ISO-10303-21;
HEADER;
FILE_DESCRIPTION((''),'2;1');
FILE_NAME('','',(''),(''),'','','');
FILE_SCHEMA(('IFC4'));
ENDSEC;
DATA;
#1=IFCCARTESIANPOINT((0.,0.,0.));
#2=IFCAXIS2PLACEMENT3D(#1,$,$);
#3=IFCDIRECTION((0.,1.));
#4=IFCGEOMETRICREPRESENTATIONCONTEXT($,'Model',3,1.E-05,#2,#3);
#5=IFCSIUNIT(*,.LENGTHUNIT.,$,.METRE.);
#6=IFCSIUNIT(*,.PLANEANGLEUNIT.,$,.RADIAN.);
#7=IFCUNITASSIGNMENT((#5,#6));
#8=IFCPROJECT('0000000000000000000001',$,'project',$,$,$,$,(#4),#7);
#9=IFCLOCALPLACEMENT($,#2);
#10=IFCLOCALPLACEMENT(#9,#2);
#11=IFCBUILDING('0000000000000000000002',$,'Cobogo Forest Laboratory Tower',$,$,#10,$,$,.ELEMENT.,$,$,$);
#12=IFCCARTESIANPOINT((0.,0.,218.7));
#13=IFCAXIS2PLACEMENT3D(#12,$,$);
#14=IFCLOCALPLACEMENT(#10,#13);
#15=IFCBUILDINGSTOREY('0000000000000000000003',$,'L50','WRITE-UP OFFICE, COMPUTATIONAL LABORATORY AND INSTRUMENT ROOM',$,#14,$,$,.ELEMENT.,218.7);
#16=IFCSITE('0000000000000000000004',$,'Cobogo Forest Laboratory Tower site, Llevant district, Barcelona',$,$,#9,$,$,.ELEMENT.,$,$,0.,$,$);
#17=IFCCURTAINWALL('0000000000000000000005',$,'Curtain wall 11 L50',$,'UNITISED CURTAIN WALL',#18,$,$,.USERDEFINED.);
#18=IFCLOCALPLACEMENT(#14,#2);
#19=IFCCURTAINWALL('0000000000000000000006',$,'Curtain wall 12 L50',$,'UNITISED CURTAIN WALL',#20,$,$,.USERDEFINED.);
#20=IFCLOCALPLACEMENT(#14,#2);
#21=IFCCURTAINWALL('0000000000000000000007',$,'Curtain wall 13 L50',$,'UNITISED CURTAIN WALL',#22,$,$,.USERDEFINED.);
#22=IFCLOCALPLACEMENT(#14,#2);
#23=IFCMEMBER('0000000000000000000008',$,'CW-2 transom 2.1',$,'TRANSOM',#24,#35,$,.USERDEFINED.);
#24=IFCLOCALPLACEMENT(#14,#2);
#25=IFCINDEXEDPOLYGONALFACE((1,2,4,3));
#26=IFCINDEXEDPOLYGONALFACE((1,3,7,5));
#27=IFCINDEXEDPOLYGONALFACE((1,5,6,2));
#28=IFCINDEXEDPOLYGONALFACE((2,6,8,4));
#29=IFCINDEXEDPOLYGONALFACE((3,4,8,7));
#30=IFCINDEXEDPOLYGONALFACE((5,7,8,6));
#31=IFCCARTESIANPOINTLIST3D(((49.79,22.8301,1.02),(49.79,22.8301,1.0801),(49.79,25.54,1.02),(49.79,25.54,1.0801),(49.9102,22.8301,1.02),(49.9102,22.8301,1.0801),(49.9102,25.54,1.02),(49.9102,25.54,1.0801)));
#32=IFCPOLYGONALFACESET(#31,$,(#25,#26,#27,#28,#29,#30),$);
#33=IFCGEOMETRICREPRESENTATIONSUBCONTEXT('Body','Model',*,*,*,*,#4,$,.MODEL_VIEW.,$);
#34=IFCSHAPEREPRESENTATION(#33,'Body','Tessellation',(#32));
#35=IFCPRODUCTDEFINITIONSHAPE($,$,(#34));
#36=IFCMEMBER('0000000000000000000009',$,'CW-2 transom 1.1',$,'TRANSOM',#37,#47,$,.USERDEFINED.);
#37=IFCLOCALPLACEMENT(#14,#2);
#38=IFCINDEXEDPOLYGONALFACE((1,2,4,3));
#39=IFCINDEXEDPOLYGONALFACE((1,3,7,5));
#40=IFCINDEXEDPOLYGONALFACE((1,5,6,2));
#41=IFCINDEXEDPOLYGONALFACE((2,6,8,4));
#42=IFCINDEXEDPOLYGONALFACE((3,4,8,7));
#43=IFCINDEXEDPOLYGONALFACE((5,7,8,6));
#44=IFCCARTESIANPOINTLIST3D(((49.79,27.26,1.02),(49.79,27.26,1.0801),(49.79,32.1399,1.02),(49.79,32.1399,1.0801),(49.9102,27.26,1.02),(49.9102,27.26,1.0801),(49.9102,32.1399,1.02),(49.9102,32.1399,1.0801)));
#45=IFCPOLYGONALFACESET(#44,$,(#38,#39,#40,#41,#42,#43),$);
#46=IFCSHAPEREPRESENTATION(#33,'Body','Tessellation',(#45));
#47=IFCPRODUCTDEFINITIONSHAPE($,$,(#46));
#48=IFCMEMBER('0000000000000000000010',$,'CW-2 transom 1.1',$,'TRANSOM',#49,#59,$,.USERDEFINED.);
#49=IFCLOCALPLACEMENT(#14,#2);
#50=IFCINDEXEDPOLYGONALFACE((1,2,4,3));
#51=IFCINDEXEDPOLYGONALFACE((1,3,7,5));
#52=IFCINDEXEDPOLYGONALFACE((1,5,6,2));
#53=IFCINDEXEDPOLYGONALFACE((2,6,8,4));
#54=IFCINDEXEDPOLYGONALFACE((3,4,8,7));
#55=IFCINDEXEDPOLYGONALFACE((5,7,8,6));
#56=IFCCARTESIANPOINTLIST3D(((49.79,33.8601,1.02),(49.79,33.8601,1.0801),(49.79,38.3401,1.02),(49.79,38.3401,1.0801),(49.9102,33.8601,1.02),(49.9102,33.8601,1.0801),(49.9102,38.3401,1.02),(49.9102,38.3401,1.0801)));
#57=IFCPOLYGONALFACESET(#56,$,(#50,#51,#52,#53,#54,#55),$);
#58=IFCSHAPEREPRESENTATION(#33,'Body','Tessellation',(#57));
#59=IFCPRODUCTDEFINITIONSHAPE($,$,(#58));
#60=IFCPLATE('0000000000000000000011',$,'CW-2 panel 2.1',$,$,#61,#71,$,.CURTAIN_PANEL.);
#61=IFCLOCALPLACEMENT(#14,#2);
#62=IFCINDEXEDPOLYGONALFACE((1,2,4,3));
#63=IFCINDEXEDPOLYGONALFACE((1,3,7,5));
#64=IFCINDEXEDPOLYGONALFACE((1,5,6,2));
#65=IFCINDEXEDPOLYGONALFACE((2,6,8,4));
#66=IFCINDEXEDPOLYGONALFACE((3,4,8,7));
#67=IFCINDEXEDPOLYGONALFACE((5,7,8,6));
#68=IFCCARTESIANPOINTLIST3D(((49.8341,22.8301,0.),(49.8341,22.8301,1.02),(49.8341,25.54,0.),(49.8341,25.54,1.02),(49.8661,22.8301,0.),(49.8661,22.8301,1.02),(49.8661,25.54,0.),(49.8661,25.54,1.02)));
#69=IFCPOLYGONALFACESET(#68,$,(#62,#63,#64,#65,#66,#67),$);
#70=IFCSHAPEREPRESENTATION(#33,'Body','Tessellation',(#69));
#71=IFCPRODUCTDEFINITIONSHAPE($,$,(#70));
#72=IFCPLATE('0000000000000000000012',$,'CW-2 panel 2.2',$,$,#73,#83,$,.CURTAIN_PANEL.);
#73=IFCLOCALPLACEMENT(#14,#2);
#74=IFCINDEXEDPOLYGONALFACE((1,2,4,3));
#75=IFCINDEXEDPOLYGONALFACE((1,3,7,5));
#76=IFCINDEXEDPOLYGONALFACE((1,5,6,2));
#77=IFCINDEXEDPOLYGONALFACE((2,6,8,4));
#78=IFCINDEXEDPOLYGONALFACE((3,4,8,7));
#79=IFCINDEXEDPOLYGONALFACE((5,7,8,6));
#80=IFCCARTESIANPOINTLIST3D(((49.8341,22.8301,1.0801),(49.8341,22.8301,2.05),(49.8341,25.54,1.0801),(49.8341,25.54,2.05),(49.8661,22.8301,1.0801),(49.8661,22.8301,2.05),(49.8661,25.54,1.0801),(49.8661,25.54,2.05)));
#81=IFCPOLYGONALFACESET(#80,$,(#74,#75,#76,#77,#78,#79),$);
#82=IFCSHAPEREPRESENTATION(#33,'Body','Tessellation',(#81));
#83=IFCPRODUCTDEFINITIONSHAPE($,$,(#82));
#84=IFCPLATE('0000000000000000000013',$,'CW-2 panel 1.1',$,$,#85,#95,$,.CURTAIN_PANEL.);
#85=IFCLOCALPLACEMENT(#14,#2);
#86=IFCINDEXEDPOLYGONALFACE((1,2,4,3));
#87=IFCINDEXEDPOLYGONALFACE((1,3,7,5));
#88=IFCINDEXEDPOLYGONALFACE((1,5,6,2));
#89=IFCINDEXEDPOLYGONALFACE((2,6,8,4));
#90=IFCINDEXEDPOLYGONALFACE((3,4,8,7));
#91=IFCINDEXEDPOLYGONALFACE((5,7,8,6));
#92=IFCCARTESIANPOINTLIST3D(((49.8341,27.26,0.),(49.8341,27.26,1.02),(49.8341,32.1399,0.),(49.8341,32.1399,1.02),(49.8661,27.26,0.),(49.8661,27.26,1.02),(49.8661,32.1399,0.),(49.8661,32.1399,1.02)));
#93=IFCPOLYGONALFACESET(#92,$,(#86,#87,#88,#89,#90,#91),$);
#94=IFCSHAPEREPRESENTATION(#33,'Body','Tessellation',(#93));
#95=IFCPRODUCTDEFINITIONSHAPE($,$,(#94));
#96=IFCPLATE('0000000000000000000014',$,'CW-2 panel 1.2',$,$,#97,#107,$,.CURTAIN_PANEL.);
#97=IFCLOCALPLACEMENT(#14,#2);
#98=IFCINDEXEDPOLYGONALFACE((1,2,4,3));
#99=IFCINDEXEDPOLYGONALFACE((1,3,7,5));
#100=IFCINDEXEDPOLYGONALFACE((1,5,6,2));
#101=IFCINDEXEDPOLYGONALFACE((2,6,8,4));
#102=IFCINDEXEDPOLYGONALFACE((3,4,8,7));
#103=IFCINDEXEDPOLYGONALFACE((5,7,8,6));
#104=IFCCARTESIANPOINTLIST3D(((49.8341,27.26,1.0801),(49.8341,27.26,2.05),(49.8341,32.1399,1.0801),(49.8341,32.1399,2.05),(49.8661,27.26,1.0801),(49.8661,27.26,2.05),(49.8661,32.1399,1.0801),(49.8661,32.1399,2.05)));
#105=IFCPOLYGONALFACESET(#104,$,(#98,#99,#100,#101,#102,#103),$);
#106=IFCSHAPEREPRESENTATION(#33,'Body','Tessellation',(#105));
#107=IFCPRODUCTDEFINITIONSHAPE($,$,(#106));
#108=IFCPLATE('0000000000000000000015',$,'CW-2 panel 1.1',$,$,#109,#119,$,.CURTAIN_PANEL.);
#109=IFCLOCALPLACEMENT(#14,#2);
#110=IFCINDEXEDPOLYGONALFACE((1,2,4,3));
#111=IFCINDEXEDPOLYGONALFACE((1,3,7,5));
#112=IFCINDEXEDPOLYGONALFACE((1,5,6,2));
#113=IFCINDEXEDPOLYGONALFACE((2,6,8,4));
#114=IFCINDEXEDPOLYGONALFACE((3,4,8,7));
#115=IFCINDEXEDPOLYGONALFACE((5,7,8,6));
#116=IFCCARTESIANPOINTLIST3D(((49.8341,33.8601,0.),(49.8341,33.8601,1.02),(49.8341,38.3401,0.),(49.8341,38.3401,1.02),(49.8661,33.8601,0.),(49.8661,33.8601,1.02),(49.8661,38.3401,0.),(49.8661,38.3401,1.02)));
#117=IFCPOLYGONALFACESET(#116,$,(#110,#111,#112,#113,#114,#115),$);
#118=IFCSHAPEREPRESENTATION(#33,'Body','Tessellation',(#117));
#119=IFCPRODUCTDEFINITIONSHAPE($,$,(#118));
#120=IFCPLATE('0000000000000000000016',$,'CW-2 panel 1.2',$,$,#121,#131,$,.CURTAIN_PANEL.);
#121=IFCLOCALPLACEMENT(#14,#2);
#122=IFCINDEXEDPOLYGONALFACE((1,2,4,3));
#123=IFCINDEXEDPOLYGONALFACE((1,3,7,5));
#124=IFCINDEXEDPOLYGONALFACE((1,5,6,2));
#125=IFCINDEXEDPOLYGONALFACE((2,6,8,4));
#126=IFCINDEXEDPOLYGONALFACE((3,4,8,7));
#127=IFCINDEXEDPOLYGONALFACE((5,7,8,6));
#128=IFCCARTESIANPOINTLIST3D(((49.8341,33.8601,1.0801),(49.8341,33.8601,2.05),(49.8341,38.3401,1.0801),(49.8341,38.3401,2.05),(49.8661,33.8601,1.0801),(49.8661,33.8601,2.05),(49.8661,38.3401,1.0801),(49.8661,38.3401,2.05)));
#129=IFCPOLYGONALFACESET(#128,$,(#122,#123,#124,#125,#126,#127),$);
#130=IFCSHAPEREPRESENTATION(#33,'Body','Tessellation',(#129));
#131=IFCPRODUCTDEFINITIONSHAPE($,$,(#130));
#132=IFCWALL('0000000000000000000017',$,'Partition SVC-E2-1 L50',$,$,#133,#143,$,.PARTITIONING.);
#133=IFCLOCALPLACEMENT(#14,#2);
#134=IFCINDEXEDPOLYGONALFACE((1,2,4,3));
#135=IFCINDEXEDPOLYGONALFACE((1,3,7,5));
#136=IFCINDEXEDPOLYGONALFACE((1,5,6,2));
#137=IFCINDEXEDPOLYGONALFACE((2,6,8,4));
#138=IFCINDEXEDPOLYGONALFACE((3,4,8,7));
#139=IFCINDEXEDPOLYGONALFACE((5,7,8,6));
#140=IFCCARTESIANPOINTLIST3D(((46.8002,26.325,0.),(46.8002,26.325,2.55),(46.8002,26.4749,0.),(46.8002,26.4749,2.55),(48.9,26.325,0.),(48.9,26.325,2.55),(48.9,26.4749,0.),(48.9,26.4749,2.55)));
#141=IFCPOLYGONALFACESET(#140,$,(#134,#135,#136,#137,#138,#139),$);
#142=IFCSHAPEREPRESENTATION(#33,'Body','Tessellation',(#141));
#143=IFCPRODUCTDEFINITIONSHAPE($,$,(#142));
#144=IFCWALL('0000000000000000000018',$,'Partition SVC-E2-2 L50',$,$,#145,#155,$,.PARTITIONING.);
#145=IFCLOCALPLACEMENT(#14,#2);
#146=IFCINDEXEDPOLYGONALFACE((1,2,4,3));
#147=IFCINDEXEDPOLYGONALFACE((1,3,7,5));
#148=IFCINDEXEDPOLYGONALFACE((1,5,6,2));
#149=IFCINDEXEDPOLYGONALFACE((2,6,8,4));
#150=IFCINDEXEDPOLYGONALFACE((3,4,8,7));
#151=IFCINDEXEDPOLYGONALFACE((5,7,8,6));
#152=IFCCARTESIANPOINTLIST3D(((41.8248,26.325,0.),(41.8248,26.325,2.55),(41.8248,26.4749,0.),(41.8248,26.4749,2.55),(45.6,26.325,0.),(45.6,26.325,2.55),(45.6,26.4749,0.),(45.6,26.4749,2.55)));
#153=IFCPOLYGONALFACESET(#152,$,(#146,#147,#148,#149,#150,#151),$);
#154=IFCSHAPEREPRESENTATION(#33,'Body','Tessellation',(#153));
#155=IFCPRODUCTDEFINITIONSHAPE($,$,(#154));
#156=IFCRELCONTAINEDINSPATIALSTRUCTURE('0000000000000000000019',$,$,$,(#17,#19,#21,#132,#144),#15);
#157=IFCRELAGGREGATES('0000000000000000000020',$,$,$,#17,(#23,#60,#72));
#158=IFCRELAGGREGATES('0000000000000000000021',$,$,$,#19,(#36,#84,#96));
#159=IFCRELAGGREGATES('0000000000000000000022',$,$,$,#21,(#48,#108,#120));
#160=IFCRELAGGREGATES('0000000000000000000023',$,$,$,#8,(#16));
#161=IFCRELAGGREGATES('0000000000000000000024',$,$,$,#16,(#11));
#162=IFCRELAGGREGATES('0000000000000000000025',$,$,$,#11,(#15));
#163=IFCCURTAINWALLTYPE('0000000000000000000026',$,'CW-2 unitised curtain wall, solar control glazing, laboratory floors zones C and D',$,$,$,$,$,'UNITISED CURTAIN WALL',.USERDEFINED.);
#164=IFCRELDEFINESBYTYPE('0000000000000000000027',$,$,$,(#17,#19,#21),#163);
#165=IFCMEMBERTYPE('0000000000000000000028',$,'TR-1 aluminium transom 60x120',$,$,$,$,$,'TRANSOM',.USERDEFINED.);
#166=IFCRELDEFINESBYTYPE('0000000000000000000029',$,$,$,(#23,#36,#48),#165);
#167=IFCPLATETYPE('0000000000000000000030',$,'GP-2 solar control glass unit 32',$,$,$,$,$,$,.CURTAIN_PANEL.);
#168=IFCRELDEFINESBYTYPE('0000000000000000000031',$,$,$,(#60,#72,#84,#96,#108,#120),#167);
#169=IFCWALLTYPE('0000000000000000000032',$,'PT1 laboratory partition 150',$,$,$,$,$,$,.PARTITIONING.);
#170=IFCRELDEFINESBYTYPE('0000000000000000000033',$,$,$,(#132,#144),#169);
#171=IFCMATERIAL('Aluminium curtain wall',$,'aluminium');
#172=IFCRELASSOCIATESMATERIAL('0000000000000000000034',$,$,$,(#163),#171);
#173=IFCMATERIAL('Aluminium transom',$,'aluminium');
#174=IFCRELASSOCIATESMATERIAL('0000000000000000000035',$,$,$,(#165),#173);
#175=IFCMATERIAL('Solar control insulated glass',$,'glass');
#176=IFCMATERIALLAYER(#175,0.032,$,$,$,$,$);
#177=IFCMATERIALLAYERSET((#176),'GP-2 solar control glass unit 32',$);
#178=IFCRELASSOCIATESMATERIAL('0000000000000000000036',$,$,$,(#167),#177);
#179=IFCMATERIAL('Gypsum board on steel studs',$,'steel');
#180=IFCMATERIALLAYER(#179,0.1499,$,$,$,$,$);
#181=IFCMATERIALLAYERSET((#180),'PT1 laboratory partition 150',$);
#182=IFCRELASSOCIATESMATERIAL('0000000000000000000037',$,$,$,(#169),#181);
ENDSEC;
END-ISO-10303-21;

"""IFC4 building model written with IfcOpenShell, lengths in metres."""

from ifc_helpers import new_model, si_unit, direction, frame, frame_2d, origin, origin_2d, place, context, subcontext, project, spatial, rectangle, extrude, material, layer, layer_set, material_profile, profile_set, type_object, element, aggregate, save


model = new_model("IFC4")

# Units and contexts
model_context = context("Model", 3, precision=1e-05, world=origin(), true_north=direction((0.0, 1.0)))
body_context = subcontext(model_context, "Body", "Model", "MODEL_VIEW")
ifc_project = project(units=[si_unit("LENGTHUNIT", "METRE"), si_unit("PLANEANGLEUNIT", "RADIAN")], contexts=[model_context])

# Site, building, storey
site_placement = place(None, origin())
site = spatial("IfcSite", under=ifc_project, at=site_placement, Name="Cobogo Forest Laboratory Tower site, Llevant district, Barcelona", CompositionType="ELEMENT", RefElevation=0.0)
building_placement = place(site_placement, origin())
building = spatial("IfcBuilding", under=site, at=building_placement, Name="Cobogo Forest Laboratory Tower", CompositionType="ELEMENT")
storey_placement = place(building_placement, frame((0.0, 0.0, 218.7)))
storey = spatial("IfcBuildingStorey", under=building, at=storey_placement, Name="L50", Description="WRITE-UP OFFICE, COMPUTATIONAL LABORATORY AND INSTRUMENT ROOM", CompositionType="ELEMENT", Elevation=218.7)

# Curtain wall
ifc_material_1 = material(Name="Aluminium curtain wall", Category="aluminium")
curtain_wall_type = type_object("IfcCurtainWallType", Name="CW-2 unitised curtain wall, solar control glazing, laboratory floors zones C and D", ElementType="UNITISED CURTAIN WALL", PredefinedType="USERDEFINED", material=ifc_material_1)
curtain_wall_1_placement = place(storey_placement, origin())
curtain_wall_1 = element("IfcCurtainWall", 1, at=curtain_wall_1_placement, inside=storey, type_object=curtain_wall_type, Name="Curtain wall 11 L50", ObjectType="UNITISED CURTAIN WALL", PredefinedType="USERDEFINED")

# Curtain walls
curtain_wall_2_placement = place(storey_placement, origin())
curtain_wall_2 = element("IfcCurtainWall", 2, at=curtain_wall_2_placement, inside=storey, type_object=curtain_wall_type, Name="Curtain wall 12 L50", ObjectType="UNITISED CURTAIN WALL", PredefinedType="USERDEFINED")
curtain_wall_3_placement = place(storey_placement, origin())
curtain_wall_3 = element("IfcCurtainWall", 3, at=curtain_wall_3_placement, inside=storey, type_object=curtain_wall_type, Name="Curtain wall 13 L50", ObjectType="UNITISED CURTAIN WALL", PredefinedType="USERDEFINED")

# Members
ifc_material_2 = material(Name="Aluminium transom", Category="aluminium")
ifc_material_profile_1 = material_profile(ifc_material_2, rectangle(XDim=0.1201, YDim=0.0601, at=origin_2d()), Name="AL 60x120")
ifc_profile_set_1 = profile_set([ifc_material_profile_1], Name="Aluminium transom")
member_type_1 = type_object("IfcMemberType", Name="TR-1 aluminium transom 60x120", ElementType="TRANSOM", PredefinedType="USERDEFINED", material=ifc_profile_set_1)
member_1_placement = place(storey_placement, frame((49.8501, 22.8301, 1.05), z_axis=(0.0, 1.0, 0.0), x_axis=(-1.0, 0.0, 0.0)))
member_1 = element("IfcMember", 4, at=member_1_placement, type_object=member_type_1, Name="CW-2 transom 2.1", ObjectType="TRANSOM", PredefinedType="USERDEFINED", context=body_context, shape_type="SweptSolid", body=[
    extrude(rectangle(XDim=0.1201, YDim=0.0601, at=origin_2d()), origin(), (0.0, 0.0, 1.0), 2.71),
])
member_2_placement = place(storey_placement, frame((49.8501, 27.26, 1.05), z_axis=(0.0, 1.0, 0.0), x_axis=(-1.0, 0.0, 0.0)))
member_2 = element("IfcMember", 5, at=member_2_placement, type_object=member_type_1, Name="CW-2 transom 1.1", ObjectType="TRANSOM", PredefinedType="USERDEFINED", context=body_context, shape_type="SweptSolid", body=[
    extrude(rectangle(XDim=0.1201, YDim=0.0601, at=origin_2d()), origin(), (0.0, 0.0, 1.0), 4.8799),
])
member_3_placement = place(storey_placement, frame((49.8501, 33.8601, 1.05), z_axis=(0.0, 1.0, 0.0), x_axis=(-1.0, 0.0, 0.0)))
member_3 = element("IfcMember", 6, at=member_3_placement, type_object=member_type_1, Name="CW-2 transom 1.1", ObjectType="TRANSOM", PredefinedType="USERDEFINED", context=body_context, shape_type="SweptSolid", body=[
    extrude(rectangle(XDim=0.1201, YDim=0.0601, at=origin_2d()), origin(), (0.0, 0.0, 1.0), 4.48),
])

# Plates
ifc_material_3 = material(Name="Solar control insulated glass", Category="glass")
ifc_layer_1 = layer(ifc_material_3, 0.032)
ifc_layer_set_1 = layer_set([ifc_layer_1], Name="GP-2 solar control glass unit 32")
plate_type_1 = type_object("IfcPlateType", Name="GP-2 solar control glass unit 32", PredefinedType="CURTAIN_PANEL", material=ifc_layer_set_1)
plate_1_placement = place(storey_placement, frame((49.8501, 24.1851, 0.0), z_axis=(0.0, 0.0, 1.0), x_axis=(0.0, 1.0, 0.0)))
plate_1 = element("IfcPlate", 7, at=plate_1_placement, type_object=plate_type_1, Name="CW-2 panel 2.1", PredefinedType="CURTAIN_PANEL", context=body_context, shape_type="SweptSolid", body=[
    extrude(rectangle(XDim=2.71, YDim=0.032, at=origin_2d()), origin(), (0.0, 0.0, 1.0), 1.02),
])
plate_2_placement = place(storey_placement, frame((49.8501, 24.1851, 1.0801), z_axis=(0.0, 0.0, 1.0), x_axis=(0.0, 1.0, 0.0)))
plate_2 = element("IfcPlate", 8, at=plate_2_placement, type_object=plate_type_1, Name="CW-2 panel 2.2", PredefinedType="CURTAIN_PANEL", context=body_context, shape_type="SweptSolid", body=[
    extrude(rectangle(XDim=2.71, YDim=0.032, at=origin_2d()), origin(), (0.0, 0.0, 1.0), 0.97),
])
aggregate(curtain_wall_1, [member_1, plate_1, plate_2])
plate_3_placement = place(storey_placement, frame((49.8501, 29.7, 0.0), z_axis=(0.0, 0.0, 1.0), x_axis=(0.0, 1.0, 0.0)))
plate_3 = element("IfcPlate", 9, at=plate_3_placement, type_object=plate_type_1, Name="CW-2 panel 1.1", PredefinedType="CURTAIN_PANEL", context=body_context, shape_type="SweptSolid", body=[
    extrude(rectangle(XDim=4.8799, YDim=0.032, at=origin_2d()), origin(), (0.0, 0.0, 1.0), 1.02),
])
plate_4_placement = place(storey_placement, frame((49.8501, 29.7, 1.0801), z_axis=(0.0, 0.0, 1.0), x_axis=(0.0, 1.0, 0.0)))
plate_4 = element("IfcPlate", 10, at=plate_4_placement, type_object=plate_type_1, Name="CW-2 panel 1.2", PredefinedType="CURTAIN_PANEL", context=body_context, shape_type="SweptSolid", body=[
    extrude(rectangle(XDim=4.8799, YDim=0.032, at=origin_2d()), origin(), (0.0, 0.0, 1.0), 0.97),
])
aggregate(curtain_wall_2, [member_2, plate_3, plate_4])
plate_5_placement = place(storey_placement, frame((49.8501, 36.1001, 0.0), z_axis=(0.0, 0.0, 1.0), x_axis=(0.0, 1.0, 0.0)))
plate_5 = element("IfcPlate", 11, at=plate_5_placement, type_object=plate_type_1, Name="CW-2 panel 1.1", PredefinedType="CURTAIN_PANEL", context=body_context, shape_type="SweptSolid", body=[
    extrude(rectangle(XDim=4.48, YDim=0.032, at=origin_2d()), origin(), (0.0, 0.0, 1.0), 1.02),
])
plate_6_placement = place(storey_placement, frame((49.8501, 36.1001, 1.0801), z_axis=(0.0, 0.0, 1.0), x_axis=(0.0, 1.0, 0.0)))
plate_6 = element("IfcPlate", 12, at=plate_6_placement, type_object=plate_type_1, Name="CW-2 panel 1.2", PredefinedType="CURTAIN_PANEL", context=body_context, shape_type="SweptSolid", body=[
    extrude(rectangle(XDim=4.48, YDim=0.032, at=origin_2d()), origin(), (0.0, 0.0, 1.0), 0.97),
])
aggregate(curtain_wall_3, [member_3, plate_5, plate_6])

# Walls
ifc_material_4 = material(Name="Gypsum board on steel studs", Category="steel")
ifc_layer_2 = layer(ifc_material_4, 0.1499)
ifc_layer_set_2 = layer_set([ifc_layer_2], Name="PT1 laboratory partition 150")
wall_type = type_object("IfcWallType", Name="PT1 laboratory partition 150", PredefinedType="PARTITIONING", material=ifc_layer_set_2)
wall_1_placement = place(storey_placement, frame((48.8999, 26.3999, 0.0), z_axis=(0.0, 0.0, 1.0), x_axis=(-1.0, 0.0, 0.0)))
element("IfcWall", 13, at=wall_1_placement, inside=storey, type_object=wall_type, Name="Partition SVC-E2-1 L50", PredefinedType="PARTITIONING", context=body_context, shape_type="SweptSolid", body=[
    extrude(rectangle(XDim=2.0999, YDim=0.1499, at=frame_2d((1.0498, 0.0))), origin(), (0.0, 0.0, 1.0), 2.55),
])
wall_2_placement = place(storey_placement, frame((45.6001, 26.3999, 0.0), z_axis=(0.0, 0.0, 1.0), x_axis=(-1.0, 0.0, 0.0)))
element("IfcWall", 14, at=wall_2_placement, inside=storey, type_object=wall_type, Name="Partition SVC-E2-2 L50", PredefinedType="PARTITIONING", context=body_context, shape_type="SweptSolid", body=[
    extrude(rectangle(XDim=3.7751, YDim=0.1499, at=frame_2d((1.8877, 0.0))), origin(), (0.0, 0.0, 1.0), 2.55),
])

save(model, "model.ifc")
